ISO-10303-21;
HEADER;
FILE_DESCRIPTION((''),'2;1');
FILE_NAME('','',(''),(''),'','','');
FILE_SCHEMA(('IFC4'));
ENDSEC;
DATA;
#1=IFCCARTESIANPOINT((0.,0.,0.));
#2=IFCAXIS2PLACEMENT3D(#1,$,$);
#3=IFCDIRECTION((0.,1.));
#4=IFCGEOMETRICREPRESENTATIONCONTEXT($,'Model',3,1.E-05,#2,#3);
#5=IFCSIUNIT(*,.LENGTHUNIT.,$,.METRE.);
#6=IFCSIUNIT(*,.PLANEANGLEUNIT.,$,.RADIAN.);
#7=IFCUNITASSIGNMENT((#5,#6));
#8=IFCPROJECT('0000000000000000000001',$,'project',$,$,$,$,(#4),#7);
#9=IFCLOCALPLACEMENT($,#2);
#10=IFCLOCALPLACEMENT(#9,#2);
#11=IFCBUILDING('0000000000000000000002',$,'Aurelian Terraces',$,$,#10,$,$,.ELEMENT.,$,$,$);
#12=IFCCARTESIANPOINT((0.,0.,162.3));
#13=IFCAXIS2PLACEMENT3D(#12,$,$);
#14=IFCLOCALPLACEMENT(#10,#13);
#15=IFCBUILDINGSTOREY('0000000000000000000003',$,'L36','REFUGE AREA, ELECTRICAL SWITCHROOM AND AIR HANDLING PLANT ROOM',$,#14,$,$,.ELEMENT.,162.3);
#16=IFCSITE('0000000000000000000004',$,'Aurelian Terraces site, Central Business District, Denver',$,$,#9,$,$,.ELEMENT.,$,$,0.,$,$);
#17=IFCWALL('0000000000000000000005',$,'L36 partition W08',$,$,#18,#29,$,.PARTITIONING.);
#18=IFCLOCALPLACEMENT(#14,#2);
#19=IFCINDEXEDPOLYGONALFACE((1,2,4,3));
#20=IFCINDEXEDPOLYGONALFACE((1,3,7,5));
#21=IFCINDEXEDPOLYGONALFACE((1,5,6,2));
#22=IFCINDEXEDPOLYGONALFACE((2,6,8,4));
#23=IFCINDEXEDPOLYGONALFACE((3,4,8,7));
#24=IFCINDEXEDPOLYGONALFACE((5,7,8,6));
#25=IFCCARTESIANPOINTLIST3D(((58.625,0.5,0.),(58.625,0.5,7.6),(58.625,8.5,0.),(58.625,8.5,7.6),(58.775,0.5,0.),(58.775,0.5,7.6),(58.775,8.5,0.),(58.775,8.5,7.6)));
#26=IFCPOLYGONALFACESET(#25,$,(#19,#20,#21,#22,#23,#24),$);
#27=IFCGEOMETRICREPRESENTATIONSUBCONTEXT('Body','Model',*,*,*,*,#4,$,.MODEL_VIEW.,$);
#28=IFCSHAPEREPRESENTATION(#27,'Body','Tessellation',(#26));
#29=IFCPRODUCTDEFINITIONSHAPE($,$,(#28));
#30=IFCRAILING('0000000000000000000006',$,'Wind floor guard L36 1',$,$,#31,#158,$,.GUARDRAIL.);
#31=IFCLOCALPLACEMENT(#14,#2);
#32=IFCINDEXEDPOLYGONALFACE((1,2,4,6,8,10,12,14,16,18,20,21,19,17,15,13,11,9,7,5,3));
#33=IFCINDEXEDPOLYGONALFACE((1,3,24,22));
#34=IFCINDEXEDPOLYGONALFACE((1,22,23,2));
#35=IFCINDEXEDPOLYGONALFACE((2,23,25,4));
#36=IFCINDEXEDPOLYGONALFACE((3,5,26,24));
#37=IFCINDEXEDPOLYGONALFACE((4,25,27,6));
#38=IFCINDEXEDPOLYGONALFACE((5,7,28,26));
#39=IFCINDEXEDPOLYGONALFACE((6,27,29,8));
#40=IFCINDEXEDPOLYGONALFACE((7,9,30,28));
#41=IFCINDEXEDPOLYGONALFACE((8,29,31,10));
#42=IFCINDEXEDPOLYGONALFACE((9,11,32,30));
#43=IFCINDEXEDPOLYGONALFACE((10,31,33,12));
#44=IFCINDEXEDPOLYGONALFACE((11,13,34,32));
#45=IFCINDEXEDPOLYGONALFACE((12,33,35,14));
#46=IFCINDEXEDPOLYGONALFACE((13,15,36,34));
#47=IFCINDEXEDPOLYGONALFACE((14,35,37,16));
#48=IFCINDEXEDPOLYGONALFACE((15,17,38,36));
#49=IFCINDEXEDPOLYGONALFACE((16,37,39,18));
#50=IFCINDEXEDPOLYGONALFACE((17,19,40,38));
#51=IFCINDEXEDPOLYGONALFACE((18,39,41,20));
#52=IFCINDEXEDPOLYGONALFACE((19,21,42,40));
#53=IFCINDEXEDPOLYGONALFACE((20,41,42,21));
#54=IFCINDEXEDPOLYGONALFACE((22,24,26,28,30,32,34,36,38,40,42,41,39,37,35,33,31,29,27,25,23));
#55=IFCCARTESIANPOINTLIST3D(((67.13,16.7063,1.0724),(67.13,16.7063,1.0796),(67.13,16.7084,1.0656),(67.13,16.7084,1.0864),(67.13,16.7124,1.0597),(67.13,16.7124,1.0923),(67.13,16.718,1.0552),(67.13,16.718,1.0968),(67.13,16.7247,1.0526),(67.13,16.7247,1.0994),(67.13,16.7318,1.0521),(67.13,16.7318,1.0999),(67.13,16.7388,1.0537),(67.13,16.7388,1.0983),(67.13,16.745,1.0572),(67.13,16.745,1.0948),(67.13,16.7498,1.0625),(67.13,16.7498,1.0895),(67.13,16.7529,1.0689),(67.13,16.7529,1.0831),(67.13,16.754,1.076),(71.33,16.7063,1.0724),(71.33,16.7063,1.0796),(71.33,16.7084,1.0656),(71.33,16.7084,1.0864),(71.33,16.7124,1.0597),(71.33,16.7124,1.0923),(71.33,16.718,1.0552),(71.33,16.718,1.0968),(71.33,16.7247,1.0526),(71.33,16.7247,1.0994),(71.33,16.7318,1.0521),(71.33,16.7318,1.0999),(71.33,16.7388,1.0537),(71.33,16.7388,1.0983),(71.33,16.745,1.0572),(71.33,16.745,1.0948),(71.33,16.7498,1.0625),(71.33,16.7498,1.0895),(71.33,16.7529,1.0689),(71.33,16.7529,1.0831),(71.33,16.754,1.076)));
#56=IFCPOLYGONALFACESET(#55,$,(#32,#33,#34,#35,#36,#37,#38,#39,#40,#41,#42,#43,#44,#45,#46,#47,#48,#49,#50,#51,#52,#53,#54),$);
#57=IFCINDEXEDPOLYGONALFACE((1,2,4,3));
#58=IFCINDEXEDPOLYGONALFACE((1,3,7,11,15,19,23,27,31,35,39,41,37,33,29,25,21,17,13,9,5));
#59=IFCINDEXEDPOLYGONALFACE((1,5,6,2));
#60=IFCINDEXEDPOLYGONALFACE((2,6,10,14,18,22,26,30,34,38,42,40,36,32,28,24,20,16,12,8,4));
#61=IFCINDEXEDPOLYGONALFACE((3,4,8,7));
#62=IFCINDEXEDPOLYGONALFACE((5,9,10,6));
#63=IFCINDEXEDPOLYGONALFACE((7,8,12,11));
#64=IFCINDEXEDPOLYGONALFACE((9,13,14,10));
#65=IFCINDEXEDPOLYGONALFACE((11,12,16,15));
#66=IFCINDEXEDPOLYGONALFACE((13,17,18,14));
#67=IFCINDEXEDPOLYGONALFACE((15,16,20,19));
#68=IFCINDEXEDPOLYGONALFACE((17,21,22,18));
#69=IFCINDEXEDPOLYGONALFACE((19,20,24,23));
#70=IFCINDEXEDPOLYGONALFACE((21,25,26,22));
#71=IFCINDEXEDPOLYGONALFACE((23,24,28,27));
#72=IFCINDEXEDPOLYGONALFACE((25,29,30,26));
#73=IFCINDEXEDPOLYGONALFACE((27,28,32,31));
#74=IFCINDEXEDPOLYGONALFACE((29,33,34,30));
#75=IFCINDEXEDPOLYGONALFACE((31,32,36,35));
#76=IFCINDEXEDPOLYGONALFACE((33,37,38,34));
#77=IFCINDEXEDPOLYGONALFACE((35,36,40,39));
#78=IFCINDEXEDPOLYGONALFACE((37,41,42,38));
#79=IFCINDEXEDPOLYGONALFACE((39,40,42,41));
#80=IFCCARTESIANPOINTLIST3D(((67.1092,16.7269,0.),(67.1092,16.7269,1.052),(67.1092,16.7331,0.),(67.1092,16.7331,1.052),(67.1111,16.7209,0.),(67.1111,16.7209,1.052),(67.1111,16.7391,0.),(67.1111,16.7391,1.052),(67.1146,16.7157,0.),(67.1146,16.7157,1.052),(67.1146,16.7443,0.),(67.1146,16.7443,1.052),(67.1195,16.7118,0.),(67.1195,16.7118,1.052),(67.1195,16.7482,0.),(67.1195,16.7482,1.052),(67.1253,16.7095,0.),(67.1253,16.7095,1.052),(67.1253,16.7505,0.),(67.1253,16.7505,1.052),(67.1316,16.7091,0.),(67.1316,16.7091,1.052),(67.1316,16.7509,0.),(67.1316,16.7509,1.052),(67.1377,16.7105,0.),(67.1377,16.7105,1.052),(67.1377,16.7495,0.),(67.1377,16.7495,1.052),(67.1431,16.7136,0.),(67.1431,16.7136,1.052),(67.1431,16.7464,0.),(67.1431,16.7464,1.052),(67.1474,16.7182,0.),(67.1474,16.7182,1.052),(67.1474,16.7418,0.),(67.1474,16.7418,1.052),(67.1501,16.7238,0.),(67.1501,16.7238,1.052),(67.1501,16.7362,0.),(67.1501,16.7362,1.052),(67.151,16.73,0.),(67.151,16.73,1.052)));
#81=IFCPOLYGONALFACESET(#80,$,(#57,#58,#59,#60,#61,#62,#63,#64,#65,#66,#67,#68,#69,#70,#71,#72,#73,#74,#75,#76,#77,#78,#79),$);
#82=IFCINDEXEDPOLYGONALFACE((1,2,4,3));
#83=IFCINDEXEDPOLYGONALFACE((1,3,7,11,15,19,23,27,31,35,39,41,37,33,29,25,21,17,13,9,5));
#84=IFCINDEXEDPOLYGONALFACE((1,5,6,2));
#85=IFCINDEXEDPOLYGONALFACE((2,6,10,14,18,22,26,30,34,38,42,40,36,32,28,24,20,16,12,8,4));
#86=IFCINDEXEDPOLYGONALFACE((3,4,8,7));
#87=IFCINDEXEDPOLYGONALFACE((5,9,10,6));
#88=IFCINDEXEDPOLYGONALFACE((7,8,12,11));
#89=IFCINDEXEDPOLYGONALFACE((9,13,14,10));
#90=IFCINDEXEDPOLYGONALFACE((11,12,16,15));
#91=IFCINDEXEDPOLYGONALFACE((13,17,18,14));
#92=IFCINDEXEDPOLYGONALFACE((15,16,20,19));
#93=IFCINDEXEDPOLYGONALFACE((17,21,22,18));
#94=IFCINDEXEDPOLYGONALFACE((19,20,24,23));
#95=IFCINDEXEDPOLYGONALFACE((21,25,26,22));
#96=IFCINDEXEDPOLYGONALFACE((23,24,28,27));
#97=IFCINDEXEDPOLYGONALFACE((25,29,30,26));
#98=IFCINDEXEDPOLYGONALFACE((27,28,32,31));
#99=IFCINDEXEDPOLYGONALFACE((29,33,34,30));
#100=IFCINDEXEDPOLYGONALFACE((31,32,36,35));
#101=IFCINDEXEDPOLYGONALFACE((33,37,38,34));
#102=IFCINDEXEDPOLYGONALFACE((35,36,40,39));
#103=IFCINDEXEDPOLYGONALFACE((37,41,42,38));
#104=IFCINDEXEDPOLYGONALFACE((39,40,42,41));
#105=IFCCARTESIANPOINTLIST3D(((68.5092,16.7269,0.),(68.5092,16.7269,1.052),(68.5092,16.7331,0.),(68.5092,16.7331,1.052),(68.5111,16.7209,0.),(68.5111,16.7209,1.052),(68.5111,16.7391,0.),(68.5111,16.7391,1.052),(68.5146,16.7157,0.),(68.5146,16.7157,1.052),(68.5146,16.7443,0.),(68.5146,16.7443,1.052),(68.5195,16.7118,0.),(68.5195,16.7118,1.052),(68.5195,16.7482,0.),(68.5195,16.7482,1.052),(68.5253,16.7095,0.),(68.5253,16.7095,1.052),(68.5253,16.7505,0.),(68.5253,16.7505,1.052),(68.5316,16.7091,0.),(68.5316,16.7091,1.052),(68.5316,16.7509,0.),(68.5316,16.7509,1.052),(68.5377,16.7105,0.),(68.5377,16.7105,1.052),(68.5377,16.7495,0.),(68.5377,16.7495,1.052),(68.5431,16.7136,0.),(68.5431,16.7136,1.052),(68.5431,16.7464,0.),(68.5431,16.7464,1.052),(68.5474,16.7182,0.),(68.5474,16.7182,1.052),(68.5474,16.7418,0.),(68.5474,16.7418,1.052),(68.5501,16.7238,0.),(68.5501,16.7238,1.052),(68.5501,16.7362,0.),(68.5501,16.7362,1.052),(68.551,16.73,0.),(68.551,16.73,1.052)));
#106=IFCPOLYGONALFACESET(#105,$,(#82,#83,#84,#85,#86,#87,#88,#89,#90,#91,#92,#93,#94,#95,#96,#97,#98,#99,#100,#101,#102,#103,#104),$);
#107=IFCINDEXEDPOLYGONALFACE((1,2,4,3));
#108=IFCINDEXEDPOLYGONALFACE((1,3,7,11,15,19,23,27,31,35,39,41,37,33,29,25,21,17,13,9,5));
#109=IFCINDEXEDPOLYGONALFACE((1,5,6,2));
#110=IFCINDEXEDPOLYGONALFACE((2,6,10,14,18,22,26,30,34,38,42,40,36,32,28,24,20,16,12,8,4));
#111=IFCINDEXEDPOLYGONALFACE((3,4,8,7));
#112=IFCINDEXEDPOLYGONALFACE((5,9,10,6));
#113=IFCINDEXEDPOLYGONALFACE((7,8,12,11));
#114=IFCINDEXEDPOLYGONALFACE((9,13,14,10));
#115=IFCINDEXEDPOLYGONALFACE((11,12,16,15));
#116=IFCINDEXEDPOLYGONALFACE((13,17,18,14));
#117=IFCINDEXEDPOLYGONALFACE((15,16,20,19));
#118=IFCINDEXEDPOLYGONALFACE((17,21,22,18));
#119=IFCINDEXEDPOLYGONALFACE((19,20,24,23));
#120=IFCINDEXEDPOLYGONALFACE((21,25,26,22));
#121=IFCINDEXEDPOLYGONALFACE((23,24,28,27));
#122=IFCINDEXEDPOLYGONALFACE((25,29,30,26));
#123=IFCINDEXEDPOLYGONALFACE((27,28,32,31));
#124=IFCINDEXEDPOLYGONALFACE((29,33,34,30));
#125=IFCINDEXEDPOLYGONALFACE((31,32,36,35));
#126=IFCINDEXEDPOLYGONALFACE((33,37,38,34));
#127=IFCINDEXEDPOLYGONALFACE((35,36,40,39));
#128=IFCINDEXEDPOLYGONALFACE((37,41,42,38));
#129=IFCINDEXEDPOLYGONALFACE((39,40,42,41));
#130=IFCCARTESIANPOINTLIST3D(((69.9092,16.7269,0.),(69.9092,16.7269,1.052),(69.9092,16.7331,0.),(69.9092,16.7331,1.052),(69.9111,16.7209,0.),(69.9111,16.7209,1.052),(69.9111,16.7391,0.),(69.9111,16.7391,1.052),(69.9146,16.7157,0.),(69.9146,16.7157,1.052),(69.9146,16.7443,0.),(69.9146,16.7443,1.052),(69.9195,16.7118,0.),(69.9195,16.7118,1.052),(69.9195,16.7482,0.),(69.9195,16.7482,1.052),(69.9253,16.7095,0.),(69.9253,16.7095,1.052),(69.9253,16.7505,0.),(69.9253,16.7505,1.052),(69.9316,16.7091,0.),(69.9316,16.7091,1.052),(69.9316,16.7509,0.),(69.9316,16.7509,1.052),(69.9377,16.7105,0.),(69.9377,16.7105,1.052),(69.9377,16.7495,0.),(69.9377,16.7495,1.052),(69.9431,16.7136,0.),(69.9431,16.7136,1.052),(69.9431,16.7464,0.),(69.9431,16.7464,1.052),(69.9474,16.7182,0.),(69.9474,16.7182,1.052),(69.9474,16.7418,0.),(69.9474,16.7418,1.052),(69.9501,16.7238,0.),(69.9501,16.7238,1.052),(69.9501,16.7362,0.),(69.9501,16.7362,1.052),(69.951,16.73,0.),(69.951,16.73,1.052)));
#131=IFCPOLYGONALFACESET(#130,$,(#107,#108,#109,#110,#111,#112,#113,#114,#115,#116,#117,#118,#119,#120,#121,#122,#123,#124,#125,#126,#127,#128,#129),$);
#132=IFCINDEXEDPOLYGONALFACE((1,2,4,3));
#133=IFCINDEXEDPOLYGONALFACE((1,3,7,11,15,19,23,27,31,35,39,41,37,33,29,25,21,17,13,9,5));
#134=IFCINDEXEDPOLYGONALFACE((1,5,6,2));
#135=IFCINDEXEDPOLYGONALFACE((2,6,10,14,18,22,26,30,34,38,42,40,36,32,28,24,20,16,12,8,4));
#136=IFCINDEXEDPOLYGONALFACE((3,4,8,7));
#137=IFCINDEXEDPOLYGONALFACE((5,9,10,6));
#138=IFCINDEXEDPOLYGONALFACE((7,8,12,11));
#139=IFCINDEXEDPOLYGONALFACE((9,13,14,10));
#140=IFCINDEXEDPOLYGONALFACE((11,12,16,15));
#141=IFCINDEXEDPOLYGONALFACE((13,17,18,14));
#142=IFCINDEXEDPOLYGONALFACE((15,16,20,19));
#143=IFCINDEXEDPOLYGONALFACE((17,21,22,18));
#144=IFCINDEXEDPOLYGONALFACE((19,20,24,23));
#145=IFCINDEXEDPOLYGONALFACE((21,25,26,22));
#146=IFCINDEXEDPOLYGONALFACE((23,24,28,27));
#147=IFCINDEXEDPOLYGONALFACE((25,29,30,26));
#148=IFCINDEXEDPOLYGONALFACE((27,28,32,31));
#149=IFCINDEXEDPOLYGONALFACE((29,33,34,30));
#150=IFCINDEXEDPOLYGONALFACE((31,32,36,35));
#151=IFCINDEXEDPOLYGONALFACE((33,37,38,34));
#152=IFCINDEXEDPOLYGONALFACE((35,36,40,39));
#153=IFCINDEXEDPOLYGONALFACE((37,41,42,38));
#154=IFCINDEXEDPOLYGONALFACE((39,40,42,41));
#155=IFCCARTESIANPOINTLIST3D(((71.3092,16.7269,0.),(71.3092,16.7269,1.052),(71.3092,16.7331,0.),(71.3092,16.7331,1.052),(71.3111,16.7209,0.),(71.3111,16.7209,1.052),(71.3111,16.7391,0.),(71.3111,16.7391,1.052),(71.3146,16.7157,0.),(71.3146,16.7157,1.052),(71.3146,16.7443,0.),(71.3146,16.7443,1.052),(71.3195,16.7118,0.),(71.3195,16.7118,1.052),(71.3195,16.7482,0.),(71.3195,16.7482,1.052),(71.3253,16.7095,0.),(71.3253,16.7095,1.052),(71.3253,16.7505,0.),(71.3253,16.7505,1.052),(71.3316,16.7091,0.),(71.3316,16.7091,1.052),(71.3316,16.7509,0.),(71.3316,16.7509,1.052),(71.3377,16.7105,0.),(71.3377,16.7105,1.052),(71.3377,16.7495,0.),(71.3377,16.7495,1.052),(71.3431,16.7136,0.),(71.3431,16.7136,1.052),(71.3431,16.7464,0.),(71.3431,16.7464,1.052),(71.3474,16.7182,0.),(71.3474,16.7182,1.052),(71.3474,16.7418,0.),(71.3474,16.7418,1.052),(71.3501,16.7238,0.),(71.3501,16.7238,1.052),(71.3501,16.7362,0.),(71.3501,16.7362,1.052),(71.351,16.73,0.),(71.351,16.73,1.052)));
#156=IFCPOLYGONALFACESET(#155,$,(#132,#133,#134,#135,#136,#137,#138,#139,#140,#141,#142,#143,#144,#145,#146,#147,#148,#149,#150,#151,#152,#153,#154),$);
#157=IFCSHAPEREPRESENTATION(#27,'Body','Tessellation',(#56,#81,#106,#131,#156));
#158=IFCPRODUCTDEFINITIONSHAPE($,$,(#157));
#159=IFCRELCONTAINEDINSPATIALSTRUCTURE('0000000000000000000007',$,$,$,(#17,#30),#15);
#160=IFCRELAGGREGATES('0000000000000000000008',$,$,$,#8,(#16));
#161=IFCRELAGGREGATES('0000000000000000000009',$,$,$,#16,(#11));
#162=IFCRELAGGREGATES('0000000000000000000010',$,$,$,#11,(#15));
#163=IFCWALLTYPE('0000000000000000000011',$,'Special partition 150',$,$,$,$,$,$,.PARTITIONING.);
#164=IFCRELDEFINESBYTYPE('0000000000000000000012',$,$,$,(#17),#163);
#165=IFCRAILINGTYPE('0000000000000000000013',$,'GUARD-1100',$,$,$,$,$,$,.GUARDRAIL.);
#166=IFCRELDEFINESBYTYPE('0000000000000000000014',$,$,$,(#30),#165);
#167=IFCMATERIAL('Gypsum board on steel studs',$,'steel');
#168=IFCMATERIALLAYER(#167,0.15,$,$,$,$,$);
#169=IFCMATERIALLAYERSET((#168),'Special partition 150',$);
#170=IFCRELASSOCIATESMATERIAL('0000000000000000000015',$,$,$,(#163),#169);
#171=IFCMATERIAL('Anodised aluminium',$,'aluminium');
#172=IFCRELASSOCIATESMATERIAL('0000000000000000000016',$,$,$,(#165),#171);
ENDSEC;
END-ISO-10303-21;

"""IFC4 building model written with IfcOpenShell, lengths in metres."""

from ifc_helpers import new_model, si_unit, direction, frame, frame_2d, origin, origin_2d, place, context, subcontext, project, spatial, rectangle, circle, extrude, source, transform, mapped, material, layer, layer_set, type_object, element, save


model = new_model("IFC4")

# Units and contexts
model_context = context("Model", 3, precision=1e-05, world=origin(), true_north=direction((0.0, 1.0)))
body_context = subcontext(model_context, "Body", "Model", "MODEL_VIEW")
ifc_project = project(units=[si_unit("LENGTHUNIT", "METRE"), si_unit("PLANEANGLEUNIT", "RADIAN")], contexts=[model_context])

# Site, building, storey
site_placement = place(None, origin())
site = spatial("IfcSite", under=ifc_project, at=site_placement, Name="Aurelian Terraces site, Central Business District, Denver", CompositionType="ELEMENT", RefElevation=0.0)
building_placement = place(site_placement, origin())
building = spatial("IfcBuilding", under=site, at=building_placement, Name="Aurelian Terraces", CompositionType="ELEMENT")
storey_placement = place(building_placement, frame((0.0, 0.0, 162.3)))
storey = spatial("IfcBuildingStorey", under=building, at=storey_placement, Name="L36", Description="REFUGE AREA, ELECTRICAL SWITCHROOM AND AIR HANDLING PLANT ROOM", CompositionType="ELEMENT", Elevation=162.3)

# Wall
ifc_material_1 = material(Name="Gypsum board on steel studs", Category="steel")
ifc_layer = layer(ifc_material_1, 0.15)
ifc_layer_set = layer_set([ifc_layer], Name="Special partition 150")
wall_type = type_object("IfcWallType", Name="Special partition 150", PredefinedType="PARTITIONING", material=ifc_layer_set)
shared_shape_1 = source(origin(), body_context, "Body", "SweptSolid", [
    extrude(rectangle(XDim=8.0, YDim=0.15, at=frame_2d((4.0, 0.0))), origin(), (0.0, 0.0, 1.0), 7.6),
])
wall_placement = place(storey_placement, frame((58.7, 0.5, 0.0), z_axis=(0.0, 0.0, 1.0), x_axis=(0.0, 1.0, 0.0)))
element("IfcWall", 1, at=wall_placement, inside=storey, type_object=wall_type, Name="L36 partition W08", PredefinedType="PARTITIONING", context=body_context, shape_type="MappedRepresentation", body=[
    mapped(shared_shape_1, transform((0.0, 0.0, 0.0), scale=1.0)),
])

# Railing
ifc_material_2 = material(Name="Anodised aluminium", Category="aluminium")
railing_type = type_object("IfcRailingType", Name="GUARD-1100", PredefinedType="GUARDRAIL", material=ifc_material_2)
railing_1_placement = place(storey_placement, frame((67.13, 16.73, 0.0)))
element("IfcRailing", 2, at=railing_1_placement, inside=storey, type_object=railing_type, Name="Wind floor guard L36 1", PredefinedType="GUARDRAIL", context=body_context, shape_type="SweptSolid", body=[
    extrude(circle(Radius=0.024, at=origin_2d()), frame((0.0, 0.0, 1.076), z_axis=(1.0, 0.0, 0.0), x_axis=(0.0, 1.0, 0.0)), (0.0, 0.0, 1.0), 4.2),
    extrude(circle(Radius=0.021, at=origin_2d()), origin(), (0.0, 0.0, 1.0), 1.052),
    extrude(circle(Radius=0.021, at=origin_2d()), frame((1.4, 0.0, 0.0)), (0.0, 0.0, 1.0), 1.052),
    extrude(circle(Radius=0.021, at=origin_2d()), frame((2.8, 0.0, 0.0)), (0.0, 0.0, 1.0), 1.052),
    extrude(circle(Radius=0.021, at=origin_2d()), frame((4.2, 0.0, 0.0)), (0.0, 0.0, 1.0), 1.052),
])

save(model, "model.ifc")
